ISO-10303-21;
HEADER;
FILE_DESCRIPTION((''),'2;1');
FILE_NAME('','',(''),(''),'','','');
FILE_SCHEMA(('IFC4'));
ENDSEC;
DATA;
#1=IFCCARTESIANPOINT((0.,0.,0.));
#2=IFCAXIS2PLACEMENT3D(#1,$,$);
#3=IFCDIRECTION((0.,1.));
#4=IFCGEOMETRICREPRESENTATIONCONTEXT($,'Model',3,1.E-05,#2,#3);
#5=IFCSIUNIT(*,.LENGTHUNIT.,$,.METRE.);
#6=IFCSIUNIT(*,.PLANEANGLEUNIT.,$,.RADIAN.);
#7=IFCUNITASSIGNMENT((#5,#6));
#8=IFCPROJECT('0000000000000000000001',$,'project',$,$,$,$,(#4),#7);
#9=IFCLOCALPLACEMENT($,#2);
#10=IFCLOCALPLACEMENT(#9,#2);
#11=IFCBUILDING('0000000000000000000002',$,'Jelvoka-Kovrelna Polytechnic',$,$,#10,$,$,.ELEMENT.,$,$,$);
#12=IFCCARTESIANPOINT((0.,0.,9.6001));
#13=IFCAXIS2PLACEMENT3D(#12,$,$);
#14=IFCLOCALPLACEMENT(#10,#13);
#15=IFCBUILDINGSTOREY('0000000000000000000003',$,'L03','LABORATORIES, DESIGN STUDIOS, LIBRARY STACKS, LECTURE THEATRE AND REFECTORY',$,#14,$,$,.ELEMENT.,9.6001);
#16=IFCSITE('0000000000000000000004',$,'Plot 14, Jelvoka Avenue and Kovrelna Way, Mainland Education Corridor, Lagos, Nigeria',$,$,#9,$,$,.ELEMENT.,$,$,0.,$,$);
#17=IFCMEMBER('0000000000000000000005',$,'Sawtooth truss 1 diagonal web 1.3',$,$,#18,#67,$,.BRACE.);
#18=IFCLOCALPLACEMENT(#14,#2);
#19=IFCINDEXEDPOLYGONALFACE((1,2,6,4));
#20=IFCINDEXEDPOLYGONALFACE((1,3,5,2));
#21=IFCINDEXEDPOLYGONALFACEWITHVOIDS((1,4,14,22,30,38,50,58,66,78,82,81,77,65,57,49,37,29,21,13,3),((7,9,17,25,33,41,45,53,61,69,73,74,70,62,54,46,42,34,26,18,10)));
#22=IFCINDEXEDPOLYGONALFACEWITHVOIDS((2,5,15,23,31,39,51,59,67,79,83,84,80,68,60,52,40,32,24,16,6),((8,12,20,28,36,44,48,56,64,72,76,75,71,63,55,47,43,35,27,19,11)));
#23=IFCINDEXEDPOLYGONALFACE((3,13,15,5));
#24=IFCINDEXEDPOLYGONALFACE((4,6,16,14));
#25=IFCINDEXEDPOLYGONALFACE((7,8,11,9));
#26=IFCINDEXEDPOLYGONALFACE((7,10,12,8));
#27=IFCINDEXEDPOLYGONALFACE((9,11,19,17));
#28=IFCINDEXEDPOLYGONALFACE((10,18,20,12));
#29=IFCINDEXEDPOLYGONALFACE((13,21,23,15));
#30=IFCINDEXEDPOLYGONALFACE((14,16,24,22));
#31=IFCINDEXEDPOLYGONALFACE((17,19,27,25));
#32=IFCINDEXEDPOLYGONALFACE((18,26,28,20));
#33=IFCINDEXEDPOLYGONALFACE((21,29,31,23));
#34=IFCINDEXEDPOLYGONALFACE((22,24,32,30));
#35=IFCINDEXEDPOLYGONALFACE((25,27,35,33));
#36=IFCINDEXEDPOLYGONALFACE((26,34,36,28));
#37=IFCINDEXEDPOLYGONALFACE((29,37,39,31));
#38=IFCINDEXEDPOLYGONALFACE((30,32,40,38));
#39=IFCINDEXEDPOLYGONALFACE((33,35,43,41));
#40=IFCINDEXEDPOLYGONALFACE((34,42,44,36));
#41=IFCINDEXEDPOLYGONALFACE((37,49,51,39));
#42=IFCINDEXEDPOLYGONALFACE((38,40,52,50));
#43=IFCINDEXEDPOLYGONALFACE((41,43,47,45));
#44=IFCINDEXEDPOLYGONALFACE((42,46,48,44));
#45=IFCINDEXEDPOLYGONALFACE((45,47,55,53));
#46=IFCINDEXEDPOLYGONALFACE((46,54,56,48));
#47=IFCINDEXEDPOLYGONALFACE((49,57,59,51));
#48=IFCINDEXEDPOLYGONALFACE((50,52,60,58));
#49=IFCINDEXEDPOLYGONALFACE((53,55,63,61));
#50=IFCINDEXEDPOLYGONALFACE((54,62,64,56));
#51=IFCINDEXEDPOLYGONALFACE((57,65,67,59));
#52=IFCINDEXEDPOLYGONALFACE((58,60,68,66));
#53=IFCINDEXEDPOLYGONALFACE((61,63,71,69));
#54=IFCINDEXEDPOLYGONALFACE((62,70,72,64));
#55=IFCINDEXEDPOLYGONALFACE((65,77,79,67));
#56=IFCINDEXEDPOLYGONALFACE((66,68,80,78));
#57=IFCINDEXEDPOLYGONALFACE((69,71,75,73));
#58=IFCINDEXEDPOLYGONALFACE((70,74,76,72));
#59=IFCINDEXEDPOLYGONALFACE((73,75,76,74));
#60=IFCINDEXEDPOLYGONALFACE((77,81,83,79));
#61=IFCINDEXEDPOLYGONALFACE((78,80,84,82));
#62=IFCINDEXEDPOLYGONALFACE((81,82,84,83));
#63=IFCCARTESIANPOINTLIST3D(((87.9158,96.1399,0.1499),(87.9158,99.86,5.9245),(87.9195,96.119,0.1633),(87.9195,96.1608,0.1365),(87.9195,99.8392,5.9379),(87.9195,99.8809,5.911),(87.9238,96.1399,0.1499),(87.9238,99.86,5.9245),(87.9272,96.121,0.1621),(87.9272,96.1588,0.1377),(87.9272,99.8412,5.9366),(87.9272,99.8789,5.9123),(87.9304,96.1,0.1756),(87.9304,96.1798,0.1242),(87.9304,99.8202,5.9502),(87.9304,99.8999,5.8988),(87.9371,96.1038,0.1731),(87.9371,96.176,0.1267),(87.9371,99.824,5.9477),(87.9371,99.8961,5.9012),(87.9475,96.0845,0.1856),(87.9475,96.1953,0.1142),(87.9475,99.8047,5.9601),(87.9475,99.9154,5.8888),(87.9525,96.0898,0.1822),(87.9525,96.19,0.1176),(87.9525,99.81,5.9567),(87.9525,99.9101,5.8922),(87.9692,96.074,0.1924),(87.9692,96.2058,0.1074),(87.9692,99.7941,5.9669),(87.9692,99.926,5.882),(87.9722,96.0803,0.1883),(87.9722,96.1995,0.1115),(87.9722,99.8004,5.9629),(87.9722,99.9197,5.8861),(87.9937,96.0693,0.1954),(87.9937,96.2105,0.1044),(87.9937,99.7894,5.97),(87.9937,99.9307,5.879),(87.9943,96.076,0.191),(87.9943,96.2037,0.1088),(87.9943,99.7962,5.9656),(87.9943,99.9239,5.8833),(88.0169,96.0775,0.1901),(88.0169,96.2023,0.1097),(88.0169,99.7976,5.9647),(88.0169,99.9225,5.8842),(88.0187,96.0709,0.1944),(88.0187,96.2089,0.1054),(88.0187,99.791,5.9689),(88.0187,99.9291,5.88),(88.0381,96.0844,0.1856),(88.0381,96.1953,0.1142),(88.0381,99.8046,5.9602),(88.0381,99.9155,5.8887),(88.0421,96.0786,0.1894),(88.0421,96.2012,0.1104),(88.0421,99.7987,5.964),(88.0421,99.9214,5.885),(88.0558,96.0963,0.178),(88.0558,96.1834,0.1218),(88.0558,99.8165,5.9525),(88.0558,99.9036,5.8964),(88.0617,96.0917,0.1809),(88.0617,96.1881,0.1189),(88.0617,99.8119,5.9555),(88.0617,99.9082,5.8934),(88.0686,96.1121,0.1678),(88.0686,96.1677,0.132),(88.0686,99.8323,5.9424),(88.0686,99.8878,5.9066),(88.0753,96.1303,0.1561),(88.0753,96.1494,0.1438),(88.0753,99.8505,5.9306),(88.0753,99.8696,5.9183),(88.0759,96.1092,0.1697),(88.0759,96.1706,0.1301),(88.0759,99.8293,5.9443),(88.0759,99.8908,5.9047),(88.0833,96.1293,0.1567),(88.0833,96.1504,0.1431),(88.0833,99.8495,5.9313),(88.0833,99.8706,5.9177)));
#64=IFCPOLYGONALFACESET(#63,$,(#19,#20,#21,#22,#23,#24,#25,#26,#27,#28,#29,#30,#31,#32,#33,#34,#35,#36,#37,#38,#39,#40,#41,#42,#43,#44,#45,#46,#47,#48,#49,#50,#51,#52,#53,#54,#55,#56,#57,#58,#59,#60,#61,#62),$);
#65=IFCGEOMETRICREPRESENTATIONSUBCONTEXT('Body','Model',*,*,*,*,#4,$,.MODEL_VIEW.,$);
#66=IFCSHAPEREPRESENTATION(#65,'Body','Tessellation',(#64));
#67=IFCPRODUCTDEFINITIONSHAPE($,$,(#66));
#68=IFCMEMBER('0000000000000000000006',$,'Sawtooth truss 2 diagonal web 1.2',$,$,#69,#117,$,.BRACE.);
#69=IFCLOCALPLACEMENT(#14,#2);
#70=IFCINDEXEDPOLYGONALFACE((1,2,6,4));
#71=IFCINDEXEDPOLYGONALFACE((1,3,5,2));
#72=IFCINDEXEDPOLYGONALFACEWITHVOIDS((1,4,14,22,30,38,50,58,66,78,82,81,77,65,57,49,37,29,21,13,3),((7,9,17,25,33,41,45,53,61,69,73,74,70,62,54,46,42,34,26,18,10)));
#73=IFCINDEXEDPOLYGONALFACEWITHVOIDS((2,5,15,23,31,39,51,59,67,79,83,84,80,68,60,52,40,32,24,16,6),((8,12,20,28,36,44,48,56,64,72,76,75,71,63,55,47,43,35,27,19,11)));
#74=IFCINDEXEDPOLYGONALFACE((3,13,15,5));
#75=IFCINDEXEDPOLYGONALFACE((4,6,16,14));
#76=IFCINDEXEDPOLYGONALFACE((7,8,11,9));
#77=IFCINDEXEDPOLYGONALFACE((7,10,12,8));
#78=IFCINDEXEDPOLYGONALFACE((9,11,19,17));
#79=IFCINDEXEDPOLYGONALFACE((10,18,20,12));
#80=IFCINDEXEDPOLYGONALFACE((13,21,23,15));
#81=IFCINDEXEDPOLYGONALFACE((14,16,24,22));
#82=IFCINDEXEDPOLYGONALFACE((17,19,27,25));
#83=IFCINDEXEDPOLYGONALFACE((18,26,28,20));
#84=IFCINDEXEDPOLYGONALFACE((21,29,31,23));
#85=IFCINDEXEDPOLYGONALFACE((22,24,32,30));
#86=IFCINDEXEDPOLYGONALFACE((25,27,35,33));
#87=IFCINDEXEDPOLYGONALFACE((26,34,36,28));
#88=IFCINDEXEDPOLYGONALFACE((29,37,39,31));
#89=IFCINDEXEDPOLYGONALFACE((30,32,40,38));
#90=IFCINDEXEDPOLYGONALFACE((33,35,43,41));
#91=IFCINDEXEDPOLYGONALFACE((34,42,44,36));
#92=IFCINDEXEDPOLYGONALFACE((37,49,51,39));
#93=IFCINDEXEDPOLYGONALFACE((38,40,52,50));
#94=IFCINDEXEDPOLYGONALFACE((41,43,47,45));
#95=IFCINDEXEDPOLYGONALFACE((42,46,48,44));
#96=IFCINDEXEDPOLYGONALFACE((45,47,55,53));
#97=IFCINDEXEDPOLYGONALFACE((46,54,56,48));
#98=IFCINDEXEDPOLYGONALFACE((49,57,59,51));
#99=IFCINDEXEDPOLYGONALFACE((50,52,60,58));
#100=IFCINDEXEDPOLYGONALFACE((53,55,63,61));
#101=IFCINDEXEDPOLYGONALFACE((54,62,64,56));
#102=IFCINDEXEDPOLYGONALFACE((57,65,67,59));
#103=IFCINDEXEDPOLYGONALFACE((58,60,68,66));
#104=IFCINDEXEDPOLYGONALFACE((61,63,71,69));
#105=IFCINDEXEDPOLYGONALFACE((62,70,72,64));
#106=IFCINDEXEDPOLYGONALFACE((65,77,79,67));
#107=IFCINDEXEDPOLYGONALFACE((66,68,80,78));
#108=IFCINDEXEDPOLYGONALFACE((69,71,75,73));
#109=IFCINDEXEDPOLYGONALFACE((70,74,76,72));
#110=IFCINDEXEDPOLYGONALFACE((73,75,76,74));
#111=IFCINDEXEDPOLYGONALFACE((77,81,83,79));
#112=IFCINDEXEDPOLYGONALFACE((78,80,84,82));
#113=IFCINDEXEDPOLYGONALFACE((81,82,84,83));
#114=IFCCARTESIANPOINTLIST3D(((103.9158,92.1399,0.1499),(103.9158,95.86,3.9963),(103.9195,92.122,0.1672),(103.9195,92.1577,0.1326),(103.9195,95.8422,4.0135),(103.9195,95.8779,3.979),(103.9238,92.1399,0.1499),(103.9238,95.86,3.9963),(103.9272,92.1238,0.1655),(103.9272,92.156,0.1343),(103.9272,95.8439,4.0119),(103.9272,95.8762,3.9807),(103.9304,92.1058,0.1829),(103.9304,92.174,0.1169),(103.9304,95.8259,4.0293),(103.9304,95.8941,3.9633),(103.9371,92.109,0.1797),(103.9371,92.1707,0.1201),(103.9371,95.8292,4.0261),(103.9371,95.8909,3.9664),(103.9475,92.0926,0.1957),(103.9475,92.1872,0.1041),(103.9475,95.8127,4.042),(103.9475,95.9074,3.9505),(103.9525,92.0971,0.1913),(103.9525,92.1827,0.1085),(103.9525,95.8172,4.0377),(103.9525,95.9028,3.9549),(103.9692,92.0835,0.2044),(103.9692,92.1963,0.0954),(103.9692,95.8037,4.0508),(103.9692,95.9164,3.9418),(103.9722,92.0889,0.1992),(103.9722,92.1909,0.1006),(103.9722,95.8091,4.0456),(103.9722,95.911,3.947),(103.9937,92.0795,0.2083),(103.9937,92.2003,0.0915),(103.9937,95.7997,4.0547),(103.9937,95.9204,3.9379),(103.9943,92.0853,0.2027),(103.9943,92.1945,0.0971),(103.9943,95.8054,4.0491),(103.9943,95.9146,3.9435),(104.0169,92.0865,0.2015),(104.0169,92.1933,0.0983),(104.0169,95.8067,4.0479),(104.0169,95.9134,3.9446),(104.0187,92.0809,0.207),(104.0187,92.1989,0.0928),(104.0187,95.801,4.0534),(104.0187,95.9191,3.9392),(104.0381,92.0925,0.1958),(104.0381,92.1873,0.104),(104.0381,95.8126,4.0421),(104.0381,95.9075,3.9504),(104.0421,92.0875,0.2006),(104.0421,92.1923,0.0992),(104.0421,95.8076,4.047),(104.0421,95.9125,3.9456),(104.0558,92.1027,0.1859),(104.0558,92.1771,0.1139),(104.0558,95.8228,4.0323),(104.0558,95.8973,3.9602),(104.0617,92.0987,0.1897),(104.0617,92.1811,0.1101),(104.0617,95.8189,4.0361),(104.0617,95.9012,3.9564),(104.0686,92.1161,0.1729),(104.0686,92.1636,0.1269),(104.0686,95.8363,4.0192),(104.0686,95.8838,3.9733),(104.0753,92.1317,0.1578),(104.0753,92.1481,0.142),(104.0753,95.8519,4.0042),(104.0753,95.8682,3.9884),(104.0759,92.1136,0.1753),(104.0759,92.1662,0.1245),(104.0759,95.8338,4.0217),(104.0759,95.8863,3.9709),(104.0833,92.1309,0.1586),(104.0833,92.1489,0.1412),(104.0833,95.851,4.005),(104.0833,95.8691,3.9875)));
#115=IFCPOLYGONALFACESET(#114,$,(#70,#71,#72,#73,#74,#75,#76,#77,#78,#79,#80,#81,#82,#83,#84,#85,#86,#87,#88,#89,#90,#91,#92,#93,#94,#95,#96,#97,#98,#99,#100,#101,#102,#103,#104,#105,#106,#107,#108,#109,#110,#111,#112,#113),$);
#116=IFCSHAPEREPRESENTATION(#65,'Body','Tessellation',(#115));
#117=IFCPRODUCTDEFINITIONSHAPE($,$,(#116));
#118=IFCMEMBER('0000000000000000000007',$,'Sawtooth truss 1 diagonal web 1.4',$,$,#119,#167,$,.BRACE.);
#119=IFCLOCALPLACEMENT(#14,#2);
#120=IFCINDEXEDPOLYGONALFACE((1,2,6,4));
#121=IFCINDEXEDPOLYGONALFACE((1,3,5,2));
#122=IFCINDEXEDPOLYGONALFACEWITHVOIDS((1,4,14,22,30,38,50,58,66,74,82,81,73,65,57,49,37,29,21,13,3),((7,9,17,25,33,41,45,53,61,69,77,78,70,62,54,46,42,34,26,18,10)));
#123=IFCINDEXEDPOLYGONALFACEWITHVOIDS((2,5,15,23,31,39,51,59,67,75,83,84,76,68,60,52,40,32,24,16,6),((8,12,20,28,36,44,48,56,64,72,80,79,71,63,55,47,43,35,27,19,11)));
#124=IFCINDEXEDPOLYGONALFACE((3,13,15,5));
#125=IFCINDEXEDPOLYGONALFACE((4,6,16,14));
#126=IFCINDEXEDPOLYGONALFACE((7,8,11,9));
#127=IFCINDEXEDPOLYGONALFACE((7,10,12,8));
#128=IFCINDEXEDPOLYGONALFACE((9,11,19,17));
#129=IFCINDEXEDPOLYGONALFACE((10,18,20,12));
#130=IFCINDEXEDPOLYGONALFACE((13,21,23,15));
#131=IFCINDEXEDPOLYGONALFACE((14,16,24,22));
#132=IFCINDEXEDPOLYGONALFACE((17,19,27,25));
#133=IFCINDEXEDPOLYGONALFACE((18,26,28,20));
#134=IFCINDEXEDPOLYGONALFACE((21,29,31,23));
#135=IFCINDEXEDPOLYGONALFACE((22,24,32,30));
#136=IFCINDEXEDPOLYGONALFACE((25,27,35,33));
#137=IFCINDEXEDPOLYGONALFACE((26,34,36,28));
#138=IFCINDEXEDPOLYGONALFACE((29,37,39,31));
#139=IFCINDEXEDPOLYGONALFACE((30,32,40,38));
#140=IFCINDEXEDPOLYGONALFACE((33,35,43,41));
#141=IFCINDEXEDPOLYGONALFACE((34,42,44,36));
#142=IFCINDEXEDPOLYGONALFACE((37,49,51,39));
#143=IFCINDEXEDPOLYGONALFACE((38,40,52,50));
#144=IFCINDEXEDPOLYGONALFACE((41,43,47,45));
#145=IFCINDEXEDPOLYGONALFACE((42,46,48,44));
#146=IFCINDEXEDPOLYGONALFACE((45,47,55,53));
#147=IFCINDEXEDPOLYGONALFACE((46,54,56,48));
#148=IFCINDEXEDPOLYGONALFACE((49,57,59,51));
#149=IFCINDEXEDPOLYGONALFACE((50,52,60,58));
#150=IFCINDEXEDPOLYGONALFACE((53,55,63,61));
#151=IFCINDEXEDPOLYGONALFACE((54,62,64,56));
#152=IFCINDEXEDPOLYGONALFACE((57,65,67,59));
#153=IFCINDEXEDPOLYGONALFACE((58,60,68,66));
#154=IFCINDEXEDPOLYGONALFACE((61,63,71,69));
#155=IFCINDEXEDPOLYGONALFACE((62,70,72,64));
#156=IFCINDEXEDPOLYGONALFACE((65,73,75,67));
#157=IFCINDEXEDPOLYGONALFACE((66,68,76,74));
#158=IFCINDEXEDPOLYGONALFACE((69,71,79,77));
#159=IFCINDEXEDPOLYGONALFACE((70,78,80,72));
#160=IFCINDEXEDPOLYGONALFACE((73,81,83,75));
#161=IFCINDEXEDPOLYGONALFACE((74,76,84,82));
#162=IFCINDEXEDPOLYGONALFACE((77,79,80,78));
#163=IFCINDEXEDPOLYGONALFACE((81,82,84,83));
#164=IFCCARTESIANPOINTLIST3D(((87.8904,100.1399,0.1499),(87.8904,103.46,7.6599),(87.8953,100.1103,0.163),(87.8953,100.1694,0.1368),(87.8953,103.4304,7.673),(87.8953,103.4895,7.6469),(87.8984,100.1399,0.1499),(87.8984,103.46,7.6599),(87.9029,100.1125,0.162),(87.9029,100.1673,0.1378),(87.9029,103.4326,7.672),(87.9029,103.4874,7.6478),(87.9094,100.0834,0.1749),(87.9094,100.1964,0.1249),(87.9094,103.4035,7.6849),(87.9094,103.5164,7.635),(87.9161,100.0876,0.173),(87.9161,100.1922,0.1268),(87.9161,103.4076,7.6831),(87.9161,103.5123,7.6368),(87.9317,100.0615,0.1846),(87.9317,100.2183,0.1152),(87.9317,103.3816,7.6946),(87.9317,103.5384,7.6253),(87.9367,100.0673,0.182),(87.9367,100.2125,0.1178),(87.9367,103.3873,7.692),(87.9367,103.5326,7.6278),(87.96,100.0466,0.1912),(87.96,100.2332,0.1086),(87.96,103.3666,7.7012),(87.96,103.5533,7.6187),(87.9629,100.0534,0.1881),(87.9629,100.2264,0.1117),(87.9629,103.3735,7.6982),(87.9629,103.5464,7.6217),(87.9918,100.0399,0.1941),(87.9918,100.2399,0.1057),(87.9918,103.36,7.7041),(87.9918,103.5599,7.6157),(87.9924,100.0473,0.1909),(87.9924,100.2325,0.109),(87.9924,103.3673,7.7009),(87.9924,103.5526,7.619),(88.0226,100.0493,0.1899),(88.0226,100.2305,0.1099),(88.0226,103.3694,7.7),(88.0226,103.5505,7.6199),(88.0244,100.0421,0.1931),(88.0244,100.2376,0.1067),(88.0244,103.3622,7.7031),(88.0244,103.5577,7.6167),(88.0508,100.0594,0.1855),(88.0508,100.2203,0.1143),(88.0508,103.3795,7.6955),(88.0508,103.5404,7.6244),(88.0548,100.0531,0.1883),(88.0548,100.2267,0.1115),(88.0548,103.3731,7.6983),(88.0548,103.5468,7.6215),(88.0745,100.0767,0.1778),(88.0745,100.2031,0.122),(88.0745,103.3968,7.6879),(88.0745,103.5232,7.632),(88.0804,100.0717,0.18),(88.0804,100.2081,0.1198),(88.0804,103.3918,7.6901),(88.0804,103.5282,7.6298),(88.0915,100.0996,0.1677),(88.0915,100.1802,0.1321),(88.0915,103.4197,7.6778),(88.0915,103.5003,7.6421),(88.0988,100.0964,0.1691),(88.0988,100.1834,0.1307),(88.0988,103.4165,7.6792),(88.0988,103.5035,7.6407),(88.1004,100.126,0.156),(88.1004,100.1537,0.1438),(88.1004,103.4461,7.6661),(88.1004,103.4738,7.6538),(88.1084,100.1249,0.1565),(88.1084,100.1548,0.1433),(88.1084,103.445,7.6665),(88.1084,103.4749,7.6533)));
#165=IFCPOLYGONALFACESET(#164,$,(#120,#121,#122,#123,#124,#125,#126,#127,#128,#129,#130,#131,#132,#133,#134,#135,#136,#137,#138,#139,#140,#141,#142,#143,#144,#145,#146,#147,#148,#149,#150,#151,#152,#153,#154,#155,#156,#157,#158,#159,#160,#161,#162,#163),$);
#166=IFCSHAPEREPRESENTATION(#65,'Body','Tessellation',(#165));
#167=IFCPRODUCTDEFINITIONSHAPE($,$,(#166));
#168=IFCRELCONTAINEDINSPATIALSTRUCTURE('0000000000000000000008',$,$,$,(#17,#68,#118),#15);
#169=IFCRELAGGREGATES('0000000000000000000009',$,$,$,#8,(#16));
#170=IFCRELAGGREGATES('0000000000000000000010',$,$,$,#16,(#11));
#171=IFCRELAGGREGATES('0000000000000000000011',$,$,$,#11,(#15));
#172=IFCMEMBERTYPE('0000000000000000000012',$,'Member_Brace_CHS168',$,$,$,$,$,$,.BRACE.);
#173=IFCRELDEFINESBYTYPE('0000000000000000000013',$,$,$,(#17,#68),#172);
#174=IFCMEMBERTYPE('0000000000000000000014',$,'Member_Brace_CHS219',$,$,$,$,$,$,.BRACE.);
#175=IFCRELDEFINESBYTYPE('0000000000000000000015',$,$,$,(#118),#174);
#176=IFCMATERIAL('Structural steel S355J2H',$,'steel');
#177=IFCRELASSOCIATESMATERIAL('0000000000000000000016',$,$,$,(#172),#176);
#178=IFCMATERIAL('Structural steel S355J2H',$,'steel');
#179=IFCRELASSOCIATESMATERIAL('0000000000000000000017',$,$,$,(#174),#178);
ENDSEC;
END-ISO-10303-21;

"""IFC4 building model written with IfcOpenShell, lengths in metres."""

from ifc_helpers import new_model, si_unit, direction, frame, origin, origin_2d, place, context, subcontext, project, spatial, hollow_circle, extrude, material, material_profile, profile_set, type_object, element, save


model = new_model("IFC4")

# Units and contexts
model_context = context("Model", 3, precision=1e-05, world=origin(), true_north=direction((0.0, 1.0)))
body_context = subcontext(model_context, "Body", "Model", "MODEL_VIEW")
ifc_project = project(units=[si_unit("LENGTHUNIT", "METRE"), si_unit("PLANEANGLEUNIT", "RADIAN")], contexts=[model_context])

# Site, building, storey
site_placement = place(None, origin())
site = spatial("IfcSite", under=ifc_project, at=site_placement, Name="Plot 14, Jelvoka Avenue and Kovrelna Way, Mainland Education Corridor, Lagos, Nigeria", CompositionType="ELEMENT", RefElevation=0.0)
building_placement = place(site_placement, origin())
building = spatial("IfcBuilding", under=site, at=building_placement, Name="Jelvoka-Kovrelna Polytechnic", CompositionType="ELEMENT")
storey_placement = place(building_placement, frame((0.0, 0.0, 9.6001)))
storey = spatial("IfcBuildingStorey", under=building, at=storey_placement, Name="L03", Description="LABORATORIES, DESIGN STUDIOS, LIBRARY STACKS, LECTURE THEATRE AND REFECTORY", CompositionType="ELEMENT", Elevation=9.6001)

# Members
ifc_material_1 = material(Name="Structural steel S355J2H", Category="steel")
ifc_material_profile_1 = material_profile(ifc_material_1, hollow_circle(Radius=0.0842, WallThickness=0.0081, at=origin_2d()), Name="168.3x8.0 CHS")
ifc_profile_set_1 = profile_set([ifc_material_profile_1], Name="Structural steel S355J2H")
member_type_1 = type_object("IfcMemberType", Name="Member_Brace_CHS168", PredefinedType="BRACE", material=ifc_profile_set_1)
member_1_placement = place(storey_placement, frame((88.0, 96.1399, 0.1499), z_axis=(0.0, 0.541575, 0.840653), x_axis=(-1.0, 0.0, 0.0)))
element("IfcMember", 1, at=member_1_placement, inside=storey, type_object=member_type_1, Name="Sawtooth truss 1 diagonal web 1.3", PredefinedType="BRACE", context=body_context, shape_type="SweptSolid", body=[
    extrude(hollow_circle(Radius=0.0842, WallThickness=0.0081, at=origin_2d()), origin(), (0.0, 0.0, 1.0), 6.8691),
])
member_2_placement = place(storey_placement, frame((104.0, 92.1399, 0.1499), z_axis=(0.0, 0.695215, 0.718802), x_axis=(-1.0, 0.0, 0.0)))
element("IfcMember", 2, at=member_2_placement, inside=storey, type_object=member_type_1, Name="Sawtooth truss 2 diagonal web 1.2", PredefinedType="BRACE", context=body_context, shape_type="SweptSolid", body=[
    extrude(hollow_circle(Radius=0.0842, WallThickness=0.0081, at=origin_2d()), origin(), (0.0, 0.0, 1.0), 5.3511),
])
ifc_material_2 = material(Name="Structural steel S355J2H", Category="steel")
ifc_material_profile_2 = material_profile(ifc_material_2, hollow_circle(Radius=0.1096, WallThickness=0.0081, at=origin_2d()), Name="219.1x8.0 CHS")
ifc_profile_set_2 = profile_set([ifc_material_profile_2], Name="Structural steel S355J2H")
member_type_2 = type_object("IfcMemberType", Name="Member_Brace_CHS219", PredefinedType="BRACE", material=ifc_profile_set_2)
member_3_placement = place(storey_placement, frame((88.0, 100.1399, 0.1499), z_axis=(0.0, 0.404336, 0.91461), x_axis=(-1.0, 0.0, 0.0)))
element("IfcMember", 3, at=member_3_placement, inside=storey, type_object=member_type_2, Name="Sawtooth truss 1 diagonal web 1.4", PredefinedType="BRACE", context=body_context, shape_type="SweptSolid", body=[
    extrude(hollow_circle(Radius=0.1096, WallThickness=0.0081, at=origin_2d()), origin(), (0.0, 0.0, 1.0), 8.2112),
])

save(model, "model.ifc")
